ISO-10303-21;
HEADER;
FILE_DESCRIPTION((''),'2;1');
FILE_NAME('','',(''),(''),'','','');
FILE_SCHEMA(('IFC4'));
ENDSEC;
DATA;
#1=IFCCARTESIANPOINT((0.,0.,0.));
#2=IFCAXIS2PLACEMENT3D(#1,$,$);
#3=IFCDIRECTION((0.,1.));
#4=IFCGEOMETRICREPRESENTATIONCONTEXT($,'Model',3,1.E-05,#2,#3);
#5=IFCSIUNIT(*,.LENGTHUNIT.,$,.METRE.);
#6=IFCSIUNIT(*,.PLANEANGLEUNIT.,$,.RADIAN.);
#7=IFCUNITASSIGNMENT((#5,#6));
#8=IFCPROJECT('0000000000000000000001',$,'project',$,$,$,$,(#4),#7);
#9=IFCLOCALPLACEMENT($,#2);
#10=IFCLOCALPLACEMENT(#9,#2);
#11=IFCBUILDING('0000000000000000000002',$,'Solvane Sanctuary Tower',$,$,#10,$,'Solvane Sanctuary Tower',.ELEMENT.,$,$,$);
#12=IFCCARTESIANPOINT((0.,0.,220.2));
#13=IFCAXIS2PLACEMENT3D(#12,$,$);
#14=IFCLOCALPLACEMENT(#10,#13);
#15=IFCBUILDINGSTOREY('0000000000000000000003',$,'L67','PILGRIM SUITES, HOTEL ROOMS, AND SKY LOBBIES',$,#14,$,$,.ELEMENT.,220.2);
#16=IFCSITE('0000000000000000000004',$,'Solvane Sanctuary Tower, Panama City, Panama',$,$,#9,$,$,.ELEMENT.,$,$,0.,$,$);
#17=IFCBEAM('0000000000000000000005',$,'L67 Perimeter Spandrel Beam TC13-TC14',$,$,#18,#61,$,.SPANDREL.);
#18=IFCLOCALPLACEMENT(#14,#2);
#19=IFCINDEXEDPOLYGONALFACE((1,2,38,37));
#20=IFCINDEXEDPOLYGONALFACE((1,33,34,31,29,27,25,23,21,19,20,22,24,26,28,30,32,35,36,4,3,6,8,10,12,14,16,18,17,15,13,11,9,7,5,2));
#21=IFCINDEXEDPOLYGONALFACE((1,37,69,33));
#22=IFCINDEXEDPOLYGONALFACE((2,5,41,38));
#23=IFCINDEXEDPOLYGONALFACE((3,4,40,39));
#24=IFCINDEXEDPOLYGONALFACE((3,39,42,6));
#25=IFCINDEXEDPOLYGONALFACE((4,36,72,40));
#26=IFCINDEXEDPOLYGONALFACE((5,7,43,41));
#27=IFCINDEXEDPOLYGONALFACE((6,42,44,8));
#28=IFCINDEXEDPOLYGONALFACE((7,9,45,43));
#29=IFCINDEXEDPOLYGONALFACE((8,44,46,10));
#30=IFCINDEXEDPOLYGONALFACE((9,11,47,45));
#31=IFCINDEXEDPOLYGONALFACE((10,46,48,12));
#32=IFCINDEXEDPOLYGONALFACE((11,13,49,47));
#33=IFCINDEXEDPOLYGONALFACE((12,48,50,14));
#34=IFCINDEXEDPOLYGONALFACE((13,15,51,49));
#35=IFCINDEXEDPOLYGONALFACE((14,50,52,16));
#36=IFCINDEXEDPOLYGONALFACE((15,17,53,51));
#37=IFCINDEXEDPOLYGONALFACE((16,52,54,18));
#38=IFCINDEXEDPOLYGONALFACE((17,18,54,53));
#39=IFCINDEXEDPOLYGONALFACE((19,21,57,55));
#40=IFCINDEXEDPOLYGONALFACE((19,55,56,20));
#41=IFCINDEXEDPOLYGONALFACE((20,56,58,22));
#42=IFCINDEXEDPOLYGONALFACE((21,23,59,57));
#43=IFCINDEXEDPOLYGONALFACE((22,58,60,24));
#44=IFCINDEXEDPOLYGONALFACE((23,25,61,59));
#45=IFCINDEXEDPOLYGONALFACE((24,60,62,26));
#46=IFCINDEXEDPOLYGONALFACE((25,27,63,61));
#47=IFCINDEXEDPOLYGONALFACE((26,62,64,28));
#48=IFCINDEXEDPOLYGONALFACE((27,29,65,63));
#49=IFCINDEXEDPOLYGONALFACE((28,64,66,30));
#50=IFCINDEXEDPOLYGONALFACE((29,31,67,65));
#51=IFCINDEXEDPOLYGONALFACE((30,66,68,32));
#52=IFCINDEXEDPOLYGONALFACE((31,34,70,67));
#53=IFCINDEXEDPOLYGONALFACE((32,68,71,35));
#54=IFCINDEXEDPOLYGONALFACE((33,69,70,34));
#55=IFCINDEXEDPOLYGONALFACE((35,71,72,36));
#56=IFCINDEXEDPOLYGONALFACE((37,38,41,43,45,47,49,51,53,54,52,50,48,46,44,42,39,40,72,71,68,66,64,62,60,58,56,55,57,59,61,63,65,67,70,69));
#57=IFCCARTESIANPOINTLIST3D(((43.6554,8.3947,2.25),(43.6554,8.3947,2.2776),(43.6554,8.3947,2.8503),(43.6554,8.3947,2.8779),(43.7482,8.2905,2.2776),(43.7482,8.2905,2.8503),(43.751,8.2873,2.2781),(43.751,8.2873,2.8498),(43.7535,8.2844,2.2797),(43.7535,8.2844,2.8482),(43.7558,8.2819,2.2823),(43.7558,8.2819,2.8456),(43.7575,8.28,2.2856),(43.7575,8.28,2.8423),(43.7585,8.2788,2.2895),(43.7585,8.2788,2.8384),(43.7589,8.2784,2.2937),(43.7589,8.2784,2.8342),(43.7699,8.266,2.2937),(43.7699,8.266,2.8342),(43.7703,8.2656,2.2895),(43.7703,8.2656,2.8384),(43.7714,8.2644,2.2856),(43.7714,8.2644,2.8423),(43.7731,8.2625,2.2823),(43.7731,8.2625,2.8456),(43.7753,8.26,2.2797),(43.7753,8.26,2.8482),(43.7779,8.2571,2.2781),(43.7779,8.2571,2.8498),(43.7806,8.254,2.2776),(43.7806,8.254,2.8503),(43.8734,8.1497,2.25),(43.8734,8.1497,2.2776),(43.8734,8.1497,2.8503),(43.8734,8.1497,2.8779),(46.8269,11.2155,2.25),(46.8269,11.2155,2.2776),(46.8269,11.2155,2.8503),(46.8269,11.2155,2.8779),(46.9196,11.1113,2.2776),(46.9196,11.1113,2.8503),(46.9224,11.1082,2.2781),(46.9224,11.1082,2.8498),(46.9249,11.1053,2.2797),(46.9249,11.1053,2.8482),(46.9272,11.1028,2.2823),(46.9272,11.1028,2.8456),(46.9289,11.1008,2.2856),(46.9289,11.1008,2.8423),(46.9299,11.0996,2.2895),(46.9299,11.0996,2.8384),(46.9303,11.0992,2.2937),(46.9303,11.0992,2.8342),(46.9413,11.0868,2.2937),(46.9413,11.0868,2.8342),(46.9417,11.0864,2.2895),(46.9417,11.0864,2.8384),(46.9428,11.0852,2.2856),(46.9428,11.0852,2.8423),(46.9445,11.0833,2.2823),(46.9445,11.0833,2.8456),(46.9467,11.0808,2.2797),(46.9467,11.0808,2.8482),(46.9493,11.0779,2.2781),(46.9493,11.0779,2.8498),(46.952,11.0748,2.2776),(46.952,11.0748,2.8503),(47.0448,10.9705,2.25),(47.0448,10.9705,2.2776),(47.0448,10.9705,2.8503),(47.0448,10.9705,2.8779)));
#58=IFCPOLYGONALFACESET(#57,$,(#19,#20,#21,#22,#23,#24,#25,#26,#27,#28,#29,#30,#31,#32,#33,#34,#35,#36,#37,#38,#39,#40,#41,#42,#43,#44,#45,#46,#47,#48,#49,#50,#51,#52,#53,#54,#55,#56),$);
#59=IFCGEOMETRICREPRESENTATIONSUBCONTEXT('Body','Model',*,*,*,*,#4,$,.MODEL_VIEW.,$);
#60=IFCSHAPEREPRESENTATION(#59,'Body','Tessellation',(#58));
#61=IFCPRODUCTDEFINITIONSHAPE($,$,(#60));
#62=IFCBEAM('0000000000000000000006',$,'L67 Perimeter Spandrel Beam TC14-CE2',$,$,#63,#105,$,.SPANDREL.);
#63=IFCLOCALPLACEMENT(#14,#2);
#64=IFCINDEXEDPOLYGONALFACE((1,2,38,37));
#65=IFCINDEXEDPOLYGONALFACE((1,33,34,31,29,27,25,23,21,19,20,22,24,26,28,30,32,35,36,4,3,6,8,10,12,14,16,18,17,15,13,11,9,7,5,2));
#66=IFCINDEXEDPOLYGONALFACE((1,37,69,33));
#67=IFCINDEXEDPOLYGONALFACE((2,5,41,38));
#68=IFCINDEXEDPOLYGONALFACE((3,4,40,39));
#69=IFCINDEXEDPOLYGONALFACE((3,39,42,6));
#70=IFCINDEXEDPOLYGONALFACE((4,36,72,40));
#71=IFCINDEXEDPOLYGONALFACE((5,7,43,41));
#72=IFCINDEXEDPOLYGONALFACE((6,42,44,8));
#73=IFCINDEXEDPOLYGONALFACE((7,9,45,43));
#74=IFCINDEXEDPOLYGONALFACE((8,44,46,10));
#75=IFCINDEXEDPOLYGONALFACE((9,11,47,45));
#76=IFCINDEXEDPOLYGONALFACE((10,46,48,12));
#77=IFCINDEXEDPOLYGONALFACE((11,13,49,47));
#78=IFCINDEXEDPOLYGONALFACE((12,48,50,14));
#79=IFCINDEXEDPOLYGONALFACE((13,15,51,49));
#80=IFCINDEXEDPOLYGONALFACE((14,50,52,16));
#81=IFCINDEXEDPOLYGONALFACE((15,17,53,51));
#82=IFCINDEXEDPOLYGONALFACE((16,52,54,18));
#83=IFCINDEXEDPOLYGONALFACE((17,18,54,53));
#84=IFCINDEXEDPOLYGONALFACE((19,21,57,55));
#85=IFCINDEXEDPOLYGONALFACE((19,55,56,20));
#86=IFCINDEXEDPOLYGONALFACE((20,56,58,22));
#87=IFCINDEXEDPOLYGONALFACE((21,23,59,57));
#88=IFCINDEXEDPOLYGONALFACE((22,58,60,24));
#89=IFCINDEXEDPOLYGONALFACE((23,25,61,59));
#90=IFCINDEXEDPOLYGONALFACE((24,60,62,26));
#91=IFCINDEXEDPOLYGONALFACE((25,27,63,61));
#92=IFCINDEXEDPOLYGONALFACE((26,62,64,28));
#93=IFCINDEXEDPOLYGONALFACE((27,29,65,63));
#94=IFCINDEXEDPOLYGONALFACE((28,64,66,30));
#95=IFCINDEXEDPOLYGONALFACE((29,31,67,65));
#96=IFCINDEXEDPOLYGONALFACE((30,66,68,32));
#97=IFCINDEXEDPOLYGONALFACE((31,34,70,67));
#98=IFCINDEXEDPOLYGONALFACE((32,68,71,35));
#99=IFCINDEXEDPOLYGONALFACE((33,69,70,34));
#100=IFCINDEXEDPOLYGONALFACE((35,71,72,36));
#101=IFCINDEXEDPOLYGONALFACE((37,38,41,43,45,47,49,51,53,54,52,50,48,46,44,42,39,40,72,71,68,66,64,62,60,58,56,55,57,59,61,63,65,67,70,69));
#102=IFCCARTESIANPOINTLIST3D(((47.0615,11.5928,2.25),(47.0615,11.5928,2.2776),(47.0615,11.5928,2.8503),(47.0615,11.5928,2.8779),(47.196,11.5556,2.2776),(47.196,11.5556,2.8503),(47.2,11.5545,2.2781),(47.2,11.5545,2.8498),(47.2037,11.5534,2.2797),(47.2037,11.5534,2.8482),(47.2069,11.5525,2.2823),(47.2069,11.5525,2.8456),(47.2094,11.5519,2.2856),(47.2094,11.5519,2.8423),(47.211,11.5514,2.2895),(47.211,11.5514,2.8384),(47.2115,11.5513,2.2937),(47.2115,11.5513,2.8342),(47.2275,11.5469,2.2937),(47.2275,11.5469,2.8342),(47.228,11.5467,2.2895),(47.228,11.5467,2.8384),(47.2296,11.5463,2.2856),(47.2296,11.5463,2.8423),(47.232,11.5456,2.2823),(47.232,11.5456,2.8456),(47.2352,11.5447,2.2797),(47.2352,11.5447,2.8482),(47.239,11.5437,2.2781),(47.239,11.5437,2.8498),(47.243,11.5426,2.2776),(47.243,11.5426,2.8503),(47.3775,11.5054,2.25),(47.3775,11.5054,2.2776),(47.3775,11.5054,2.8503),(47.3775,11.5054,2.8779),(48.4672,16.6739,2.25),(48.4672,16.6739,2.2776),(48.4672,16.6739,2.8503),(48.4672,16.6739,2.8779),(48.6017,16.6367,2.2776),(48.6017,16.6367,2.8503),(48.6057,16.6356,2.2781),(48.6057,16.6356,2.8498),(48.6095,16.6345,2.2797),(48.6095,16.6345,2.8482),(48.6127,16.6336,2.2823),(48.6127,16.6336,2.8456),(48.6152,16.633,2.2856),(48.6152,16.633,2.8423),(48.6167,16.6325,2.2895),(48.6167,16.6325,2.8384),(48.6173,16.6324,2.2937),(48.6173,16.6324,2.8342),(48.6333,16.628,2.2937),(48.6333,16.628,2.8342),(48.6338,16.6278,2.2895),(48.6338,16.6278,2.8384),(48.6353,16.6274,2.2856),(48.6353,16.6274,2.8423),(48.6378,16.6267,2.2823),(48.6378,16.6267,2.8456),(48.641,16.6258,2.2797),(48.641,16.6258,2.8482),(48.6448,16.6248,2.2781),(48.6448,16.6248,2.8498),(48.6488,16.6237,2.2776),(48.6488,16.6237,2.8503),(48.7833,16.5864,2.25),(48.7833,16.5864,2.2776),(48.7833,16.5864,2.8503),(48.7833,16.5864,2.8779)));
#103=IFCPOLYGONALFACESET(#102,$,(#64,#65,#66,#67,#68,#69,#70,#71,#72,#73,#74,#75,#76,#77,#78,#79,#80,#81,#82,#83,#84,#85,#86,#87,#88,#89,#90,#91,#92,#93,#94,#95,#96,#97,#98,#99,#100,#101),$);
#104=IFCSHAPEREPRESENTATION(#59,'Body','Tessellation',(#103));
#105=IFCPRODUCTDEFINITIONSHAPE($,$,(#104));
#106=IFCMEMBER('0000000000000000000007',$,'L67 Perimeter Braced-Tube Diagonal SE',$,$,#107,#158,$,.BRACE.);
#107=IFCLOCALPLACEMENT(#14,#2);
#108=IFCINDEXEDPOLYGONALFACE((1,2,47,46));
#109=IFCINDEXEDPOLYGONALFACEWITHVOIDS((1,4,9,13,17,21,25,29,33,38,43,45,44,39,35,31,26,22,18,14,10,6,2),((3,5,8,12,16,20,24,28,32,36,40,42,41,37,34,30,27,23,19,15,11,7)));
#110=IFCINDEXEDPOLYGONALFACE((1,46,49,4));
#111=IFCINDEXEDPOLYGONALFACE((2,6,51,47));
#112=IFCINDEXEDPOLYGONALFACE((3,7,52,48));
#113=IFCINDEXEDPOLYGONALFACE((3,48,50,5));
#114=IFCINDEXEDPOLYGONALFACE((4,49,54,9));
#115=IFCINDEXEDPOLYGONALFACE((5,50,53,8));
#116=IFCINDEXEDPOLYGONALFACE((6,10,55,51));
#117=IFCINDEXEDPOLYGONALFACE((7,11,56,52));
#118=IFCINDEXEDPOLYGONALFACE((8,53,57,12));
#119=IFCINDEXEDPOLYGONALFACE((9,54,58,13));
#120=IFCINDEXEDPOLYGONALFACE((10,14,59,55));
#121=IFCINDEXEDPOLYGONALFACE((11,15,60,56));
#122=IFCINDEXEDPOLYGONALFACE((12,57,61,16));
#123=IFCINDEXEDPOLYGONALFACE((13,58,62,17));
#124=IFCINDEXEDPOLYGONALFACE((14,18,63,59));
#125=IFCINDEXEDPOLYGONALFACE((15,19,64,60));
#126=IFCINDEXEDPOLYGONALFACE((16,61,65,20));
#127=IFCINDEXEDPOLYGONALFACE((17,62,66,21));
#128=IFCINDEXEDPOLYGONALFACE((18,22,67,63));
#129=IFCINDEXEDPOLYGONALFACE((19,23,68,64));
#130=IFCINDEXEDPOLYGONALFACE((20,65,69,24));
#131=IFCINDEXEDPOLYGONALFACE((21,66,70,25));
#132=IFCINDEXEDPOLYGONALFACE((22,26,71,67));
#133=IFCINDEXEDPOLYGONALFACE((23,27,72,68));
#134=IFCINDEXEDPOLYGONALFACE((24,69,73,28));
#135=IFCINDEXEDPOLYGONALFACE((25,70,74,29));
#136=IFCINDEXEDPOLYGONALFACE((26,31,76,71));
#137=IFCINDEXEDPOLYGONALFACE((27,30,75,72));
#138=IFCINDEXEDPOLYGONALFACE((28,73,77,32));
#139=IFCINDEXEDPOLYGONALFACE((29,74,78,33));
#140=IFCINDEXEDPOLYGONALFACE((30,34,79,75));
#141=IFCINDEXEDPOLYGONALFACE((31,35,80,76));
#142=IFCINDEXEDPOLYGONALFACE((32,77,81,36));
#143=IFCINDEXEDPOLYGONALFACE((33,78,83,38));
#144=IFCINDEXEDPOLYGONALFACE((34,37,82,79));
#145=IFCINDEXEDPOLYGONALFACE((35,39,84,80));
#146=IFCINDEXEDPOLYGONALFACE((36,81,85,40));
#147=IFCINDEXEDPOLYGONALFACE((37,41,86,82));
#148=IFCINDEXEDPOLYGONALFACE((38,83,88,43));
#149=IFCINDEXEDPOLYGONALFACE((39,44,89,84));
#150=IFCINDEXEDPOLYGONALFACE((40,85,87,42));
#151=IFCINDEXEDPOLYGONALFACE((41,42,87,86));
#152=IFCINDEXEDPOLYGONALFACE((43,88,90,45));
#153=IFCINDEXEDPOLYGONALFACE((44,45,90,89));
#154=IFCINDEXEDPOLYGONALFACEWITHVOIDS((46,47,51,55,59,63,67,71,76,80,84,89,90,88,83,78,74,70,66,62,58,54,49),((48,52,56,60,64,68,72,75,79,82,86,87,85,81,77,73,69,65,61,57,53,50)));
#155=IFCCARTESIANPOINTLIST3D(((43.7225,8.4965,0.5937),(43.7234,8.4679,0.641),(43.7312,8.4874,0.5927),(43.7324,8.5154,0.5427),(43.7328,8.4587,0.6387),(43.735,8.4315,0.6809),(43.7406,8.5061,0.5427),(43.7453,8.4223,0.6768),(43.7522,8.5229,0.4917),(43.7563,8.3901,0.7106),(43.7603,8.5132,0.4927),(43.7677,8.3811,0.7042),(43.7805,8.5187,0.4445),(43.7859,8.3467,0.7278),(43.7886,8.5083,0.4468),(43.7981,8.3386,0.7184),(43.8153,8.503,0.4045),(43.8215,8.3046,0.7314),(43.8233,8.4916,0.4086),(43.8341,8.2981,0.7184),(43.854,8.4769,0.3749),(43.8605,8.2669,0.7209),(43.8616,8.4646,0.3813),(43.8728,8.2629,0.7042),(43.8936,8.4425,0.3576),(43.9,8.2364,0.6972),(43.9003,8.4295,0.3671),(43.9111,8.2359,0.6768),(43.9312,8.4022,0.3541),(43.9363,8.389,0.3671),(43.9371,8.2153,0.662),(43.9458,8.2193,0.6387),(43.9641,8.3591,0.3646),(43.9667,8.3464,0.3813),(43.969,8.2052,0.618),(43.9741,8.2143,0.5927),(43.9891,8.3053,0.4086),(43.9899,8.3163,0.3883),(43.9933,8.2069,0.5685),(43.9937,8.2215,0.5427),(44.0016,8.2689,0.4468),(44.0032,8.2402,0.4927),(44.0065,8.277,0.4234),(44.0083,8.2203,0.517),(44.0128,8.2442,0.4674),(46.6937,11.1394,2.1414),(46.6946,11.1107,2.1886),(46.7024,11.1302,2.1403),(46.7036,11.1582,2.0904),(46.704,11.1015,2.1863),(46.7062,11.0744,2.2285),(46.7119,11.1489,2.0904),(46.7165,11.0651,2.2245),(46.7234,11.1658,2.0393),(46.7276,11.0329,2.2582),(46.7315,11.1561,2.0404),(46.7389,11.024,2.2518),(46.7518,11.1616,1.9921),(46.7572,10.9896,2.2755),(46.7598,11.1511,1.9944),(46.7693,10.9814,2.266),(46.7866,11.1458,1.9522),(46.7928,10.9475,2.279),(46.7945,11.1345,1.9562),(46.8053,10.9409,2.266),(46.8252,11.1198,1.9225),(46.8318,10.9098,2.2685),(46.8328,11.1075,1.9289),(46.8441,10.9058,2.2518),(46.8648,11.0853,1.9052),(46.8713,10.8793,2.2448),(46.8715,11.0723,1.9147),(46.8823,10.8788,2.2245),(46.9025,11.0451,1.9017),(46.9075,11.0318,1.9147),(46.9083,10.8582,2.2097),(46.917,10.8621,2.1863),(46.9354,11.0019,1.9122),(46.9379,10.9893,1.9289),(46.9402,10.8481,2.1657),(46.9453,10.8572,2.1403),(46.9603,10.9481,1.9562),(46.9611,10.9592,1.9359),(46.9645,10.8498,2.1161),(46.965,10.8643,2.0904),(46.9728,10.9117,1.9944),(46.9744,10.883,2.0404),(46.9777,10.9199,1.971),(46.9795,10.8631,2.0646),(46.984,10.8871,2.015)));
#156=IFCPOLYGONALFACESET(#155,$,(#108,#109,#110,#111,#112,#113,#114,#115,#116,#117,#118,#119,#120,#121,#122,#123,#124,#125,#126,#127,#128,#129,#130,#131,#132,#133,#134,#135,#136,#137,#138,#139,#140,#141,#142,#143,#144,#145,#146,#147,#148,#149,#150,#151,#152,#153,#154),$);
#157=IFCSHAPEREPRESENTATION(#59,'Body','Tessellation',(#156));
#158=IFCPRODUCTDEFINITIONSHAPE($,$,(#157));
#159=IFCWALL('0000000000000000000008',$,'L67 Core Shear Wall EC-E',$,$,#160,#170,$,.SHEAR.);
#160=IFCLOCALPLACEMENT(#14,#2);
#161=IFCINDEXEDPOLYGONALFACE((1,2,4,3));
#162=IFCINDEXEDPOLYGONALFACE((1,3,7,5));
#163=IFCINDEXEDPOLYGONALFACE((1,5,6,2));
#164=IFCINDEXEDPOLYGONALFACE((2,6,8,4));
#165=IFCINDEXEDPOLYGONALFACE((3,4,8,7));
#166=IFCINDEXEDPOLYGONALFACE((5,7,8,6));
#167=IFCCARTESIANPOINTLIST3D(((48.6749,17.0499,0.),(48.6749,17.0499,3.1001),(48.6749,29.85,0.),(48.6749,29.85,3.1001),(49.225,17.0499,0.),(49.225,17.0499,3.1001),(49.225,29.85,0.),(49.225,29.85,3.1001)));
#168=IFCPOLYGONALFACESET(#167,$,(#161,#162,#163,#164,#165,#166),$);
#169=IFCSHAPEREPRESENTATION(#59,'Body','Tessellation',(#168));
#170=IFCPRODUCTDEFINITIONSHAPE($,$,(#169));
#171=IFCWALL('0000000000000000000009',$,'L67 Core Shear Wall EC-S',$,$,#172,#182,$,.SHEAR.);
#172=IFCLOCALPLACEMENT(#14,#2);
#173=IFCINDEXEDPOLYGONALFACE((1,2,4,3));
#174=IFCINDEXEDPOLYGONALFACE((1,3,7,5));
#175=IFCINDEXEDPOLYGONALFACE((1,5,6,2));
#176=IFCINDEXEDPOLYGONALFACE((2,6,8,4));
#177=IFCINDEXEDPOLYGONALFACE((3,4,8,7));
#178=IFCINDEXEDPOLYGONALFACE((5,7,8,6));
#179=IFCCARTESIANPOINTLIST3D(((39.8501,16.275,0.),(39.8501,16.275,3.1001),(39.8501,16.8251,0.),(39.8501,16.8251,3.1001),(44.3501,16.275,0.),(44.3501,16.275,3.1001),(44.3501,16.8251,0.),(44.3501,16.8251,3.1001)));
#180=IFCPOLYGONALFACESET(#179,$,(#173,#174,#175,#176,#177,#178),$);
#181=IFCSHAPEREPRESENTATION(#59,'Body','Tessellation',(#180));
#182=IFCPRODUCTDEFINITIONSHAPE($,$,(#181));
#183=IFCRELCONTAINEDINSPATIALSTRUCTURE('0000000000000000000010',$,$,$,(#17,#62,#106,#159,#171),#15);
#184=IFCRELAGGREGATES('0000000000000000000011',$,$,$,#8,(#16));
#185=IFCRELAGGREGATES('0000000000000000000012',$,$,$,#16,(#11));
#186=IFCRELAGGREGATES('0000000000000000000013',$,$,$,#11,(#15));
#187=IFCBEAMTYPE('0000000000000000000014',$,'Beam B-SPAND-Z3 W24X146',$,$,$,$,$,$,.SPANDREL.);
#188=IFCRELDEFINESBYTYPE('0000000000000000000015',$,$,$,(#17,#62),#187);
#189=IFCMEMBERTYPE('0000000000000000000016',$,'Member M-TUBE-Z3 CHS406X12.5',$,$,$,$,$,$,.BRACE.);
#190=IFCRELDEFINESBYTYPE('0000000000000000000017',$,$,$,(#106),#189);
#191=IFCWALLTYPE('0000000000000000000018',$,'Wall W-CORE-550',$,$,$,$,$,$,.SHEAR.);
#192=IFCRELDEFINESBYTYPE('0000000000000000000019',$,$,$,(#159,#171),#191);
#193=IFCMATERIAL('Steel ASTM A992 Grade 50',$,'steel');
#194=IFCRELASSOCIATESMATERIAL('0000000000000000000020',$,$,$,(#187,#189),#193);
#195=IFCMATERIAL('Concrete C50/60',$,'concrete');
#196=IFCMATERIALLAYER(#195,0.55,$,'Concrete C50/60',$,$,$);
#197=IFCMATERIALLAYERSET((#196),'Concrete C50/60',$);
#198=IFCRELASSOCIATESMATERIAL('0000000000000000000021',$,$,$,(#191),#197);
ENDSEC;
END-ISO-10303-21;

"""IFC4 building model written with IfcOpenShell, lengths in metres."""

from ifc_helpers import new_model, si_unit, direction, frame, frame_2d, origin, origin_2d, place, context, subcontext, project, spatial, rectangle, hollow_circle, i_section, extrude, material, layer, layer_set, material_profile, profile_set, type_object, element, save


model = new_model("IFC4")

# Units and contexts
model_context = context("Model", 3, precision=1e-05, world=origin(), true_north=direction((0.0, 1.0)))
body_context = subcontext(model_context, "Body", "Model", "MODEL_VIEW")
ifc_project = project(units=[si_unit("LENGTHUNIT", "METRE"), si_unit("PLANEANGLEUNIT", "RADIAN")], contexts=[model_context])

# Site, building, storey
site_placement = place(None, origin())
site = spatial("IfcSite", under=ifc_project, at=site_placement, Name="Solvane Sanctuary Tower, Panama City, Panama", CompositionType="ELEMENT", RefElevation=0.0)
building_placement = place(site_placement, origin())
building = spatial("IfcBuilding", under=site, at=building_placement, Name="Solvane Sanctuary Tower", LongName="Solvane Sanctuary Tower", CompositionType="ELEMENT")
storey_placement = place(building_placement, frame((0.0, 0.0, 220.2)))
storey = spatial("IfcBuildingStorey", under=building, at=storey_placement, Name="L67", Description="PILGRIM SUITES, HOTEL ROOMS, AND SKY LOBBIES", CompositionType="ELEMENT", Elevation=220.2)

# Shared definitions
ifc_material_1 = material(Name="Concrete C50/60", Category="concrete")

# Beams
ifc_material_2 = material(Name="Steel ASTM A992 Grade 50", Category="steel")
ifc_material_profile_1 = material_profile(ifc_material_2, i_section(OverallWidth=0.3279, OverallDepth=0.6279, WebThickness=0.0166, FlangeThickness=0.0276, FilletRadius=0.0161, at=origin_2d()), Name="W24X146")
ifc_profile_set_1 = profile_set([ifc_material_profile_1], Name="Steel ASTM A992 Grade 50")
beam_type_1 = type_object("IfcBeamType", Name="Beam B-SPAND-Z3 W24X146", PredefinedType="SPANDREL", material=ifc_profile_set_1)
beam_1_placement = place(storey_placement, frame((43.7644, 8.2722, 2.564), z_axis=(0.7472, 0.664599, 0.0), x_axis=(-0.664599, 0.7472, 0.0)))
element("IfcBeam", 1, at=beam_1_placement, inside=storey, type_object=beam_type_1, Name="L67 Perimeter Spandrel Beam TC13-TC14", PredefinedType="SPANDREL", context=body_context, shape_type="SweptSolid", body=[
    extrude(i_section(OverallWidth=0.3279, OverallDepth=0.6279, WebThickness=0.0166, FlangeThickness=0.0276, FilletRadius=0.0161, at=origin_2d()), origin(), (0.0, 0.0, 1.0), 4.2444),
])
beam_2_placement = place(storey_placement, frame((47.2195, 11.5491, 2.564), z_axis=(0.26665, 0.963793, 0.0), x_axis=(-0.963793, 0.26665, 0.0)))
element("IfcBeam", 2, at=beam_2_placement, inside=storey, type_object=beam_type_1, Name="L67 Perimeter Spandrel Beam TC14-CE2", PredefinedType="SPANDREL", context=body_context, shape_type="SweptSolid", body=[
    extrude(i_section(OverallWidth=0.3279, OverallDepth=0.6279, WebThickness=0.0166, FlangeThickness=0.0276, FilletRadius=0.0161, at=origin_2d()), origin(), (0.0, 0.0, 1.0), 5.272),
])

# Member
ifc_material_profile_2 = material_profile(ifc_material_2, hollow_circle(Radius=0.2029, WallThickness=0.0125, at=origin_2d()), Name="CHS406X12.5")
ifc_profile_set_2 = profile_set([ifc_material_profile_2], Name="Steel ASTM A992 Grade 50")
member_type = type_object("IfcMemberType", Name="Member M-TUBE-Z3 CHS406X12.5", PredefinedType="BRACE", material=ifc_profile_set_2)
member_placement = place(storey_placement, frame((43.8672, 8.3638, 0.5427), z_axis=(0.696313, 0.619358, 0.362689), x_axis=(-0.664612, 0.747189, 0.0)))
element("IfcMember", 3, at=member_placement, inside=storey, type_object=member_type, Name="L67 Perimeter Braced-Tube Diagonal SE", PredefinedType="BRACE", context=body_context, shape_type="SweptSolid", body=[
    extrude(hollow_circle(Radius=0.2029, WallThickness=0.0125, at=origin_2d()), origin(), (0.0, 0.0, 1.0), 4.2671),
])

# Walls
ifc_layer_1 = layer(ifc_material_1, 0.55, Name="Concrete C50/60")
ifc_layer_set_1 = layer_set([ifc_layer_1], Name="Concrete C50/60")
wall_type_1 = type_object("IfcWallType", Name="Wall W-CORE-550", PredefinedType="SHEAR", material=ifc_layer_set_1)
wall_1_placement = place(storey_placement, frame((48.95, 17.05, 0.0), z_axis=(0.0, 0.0, 1.0), x_axis=(0.0, 1.0, 0.0)))
element("IfcWall", 4, at=wall_1_placement, inside=storey, type_object=wall_type_1, Name="L67 Core Shear Wall EC-E", PredefinedType="SHEAR", context=body_context, shape_type="SweptSolid", body=[
    extrude(rectangle(XDim=12.8, YDim=0.55, at=frame_2d((6.3999, 0.0))), origin(), (0.0, 0.0, 1.0), 3.1001),
])
wall_2_placement = place(storey_placement, frame((39.8501, 16.55, 0.0), z_axis=(0.0, 0.0, 1.0), x_axis=(1.0, 0.0, 0.0)))
element("IfcWall", 5, at=wall_2_placement, inside=storey, type_object=wall_type_1, Name="L67 Core Shear Wall EC-S", PredefinedType="SHEAR", context=body_context, shape_type="SweptSolid", body=[
    extrude(rectangle(XDim=4.5, YDim=0.55, at=frame_2d((2.25, 0.0))), origin(), (0.0, 0.0, 1.0), 3.1001),
])

save(model, "model.ifc")
